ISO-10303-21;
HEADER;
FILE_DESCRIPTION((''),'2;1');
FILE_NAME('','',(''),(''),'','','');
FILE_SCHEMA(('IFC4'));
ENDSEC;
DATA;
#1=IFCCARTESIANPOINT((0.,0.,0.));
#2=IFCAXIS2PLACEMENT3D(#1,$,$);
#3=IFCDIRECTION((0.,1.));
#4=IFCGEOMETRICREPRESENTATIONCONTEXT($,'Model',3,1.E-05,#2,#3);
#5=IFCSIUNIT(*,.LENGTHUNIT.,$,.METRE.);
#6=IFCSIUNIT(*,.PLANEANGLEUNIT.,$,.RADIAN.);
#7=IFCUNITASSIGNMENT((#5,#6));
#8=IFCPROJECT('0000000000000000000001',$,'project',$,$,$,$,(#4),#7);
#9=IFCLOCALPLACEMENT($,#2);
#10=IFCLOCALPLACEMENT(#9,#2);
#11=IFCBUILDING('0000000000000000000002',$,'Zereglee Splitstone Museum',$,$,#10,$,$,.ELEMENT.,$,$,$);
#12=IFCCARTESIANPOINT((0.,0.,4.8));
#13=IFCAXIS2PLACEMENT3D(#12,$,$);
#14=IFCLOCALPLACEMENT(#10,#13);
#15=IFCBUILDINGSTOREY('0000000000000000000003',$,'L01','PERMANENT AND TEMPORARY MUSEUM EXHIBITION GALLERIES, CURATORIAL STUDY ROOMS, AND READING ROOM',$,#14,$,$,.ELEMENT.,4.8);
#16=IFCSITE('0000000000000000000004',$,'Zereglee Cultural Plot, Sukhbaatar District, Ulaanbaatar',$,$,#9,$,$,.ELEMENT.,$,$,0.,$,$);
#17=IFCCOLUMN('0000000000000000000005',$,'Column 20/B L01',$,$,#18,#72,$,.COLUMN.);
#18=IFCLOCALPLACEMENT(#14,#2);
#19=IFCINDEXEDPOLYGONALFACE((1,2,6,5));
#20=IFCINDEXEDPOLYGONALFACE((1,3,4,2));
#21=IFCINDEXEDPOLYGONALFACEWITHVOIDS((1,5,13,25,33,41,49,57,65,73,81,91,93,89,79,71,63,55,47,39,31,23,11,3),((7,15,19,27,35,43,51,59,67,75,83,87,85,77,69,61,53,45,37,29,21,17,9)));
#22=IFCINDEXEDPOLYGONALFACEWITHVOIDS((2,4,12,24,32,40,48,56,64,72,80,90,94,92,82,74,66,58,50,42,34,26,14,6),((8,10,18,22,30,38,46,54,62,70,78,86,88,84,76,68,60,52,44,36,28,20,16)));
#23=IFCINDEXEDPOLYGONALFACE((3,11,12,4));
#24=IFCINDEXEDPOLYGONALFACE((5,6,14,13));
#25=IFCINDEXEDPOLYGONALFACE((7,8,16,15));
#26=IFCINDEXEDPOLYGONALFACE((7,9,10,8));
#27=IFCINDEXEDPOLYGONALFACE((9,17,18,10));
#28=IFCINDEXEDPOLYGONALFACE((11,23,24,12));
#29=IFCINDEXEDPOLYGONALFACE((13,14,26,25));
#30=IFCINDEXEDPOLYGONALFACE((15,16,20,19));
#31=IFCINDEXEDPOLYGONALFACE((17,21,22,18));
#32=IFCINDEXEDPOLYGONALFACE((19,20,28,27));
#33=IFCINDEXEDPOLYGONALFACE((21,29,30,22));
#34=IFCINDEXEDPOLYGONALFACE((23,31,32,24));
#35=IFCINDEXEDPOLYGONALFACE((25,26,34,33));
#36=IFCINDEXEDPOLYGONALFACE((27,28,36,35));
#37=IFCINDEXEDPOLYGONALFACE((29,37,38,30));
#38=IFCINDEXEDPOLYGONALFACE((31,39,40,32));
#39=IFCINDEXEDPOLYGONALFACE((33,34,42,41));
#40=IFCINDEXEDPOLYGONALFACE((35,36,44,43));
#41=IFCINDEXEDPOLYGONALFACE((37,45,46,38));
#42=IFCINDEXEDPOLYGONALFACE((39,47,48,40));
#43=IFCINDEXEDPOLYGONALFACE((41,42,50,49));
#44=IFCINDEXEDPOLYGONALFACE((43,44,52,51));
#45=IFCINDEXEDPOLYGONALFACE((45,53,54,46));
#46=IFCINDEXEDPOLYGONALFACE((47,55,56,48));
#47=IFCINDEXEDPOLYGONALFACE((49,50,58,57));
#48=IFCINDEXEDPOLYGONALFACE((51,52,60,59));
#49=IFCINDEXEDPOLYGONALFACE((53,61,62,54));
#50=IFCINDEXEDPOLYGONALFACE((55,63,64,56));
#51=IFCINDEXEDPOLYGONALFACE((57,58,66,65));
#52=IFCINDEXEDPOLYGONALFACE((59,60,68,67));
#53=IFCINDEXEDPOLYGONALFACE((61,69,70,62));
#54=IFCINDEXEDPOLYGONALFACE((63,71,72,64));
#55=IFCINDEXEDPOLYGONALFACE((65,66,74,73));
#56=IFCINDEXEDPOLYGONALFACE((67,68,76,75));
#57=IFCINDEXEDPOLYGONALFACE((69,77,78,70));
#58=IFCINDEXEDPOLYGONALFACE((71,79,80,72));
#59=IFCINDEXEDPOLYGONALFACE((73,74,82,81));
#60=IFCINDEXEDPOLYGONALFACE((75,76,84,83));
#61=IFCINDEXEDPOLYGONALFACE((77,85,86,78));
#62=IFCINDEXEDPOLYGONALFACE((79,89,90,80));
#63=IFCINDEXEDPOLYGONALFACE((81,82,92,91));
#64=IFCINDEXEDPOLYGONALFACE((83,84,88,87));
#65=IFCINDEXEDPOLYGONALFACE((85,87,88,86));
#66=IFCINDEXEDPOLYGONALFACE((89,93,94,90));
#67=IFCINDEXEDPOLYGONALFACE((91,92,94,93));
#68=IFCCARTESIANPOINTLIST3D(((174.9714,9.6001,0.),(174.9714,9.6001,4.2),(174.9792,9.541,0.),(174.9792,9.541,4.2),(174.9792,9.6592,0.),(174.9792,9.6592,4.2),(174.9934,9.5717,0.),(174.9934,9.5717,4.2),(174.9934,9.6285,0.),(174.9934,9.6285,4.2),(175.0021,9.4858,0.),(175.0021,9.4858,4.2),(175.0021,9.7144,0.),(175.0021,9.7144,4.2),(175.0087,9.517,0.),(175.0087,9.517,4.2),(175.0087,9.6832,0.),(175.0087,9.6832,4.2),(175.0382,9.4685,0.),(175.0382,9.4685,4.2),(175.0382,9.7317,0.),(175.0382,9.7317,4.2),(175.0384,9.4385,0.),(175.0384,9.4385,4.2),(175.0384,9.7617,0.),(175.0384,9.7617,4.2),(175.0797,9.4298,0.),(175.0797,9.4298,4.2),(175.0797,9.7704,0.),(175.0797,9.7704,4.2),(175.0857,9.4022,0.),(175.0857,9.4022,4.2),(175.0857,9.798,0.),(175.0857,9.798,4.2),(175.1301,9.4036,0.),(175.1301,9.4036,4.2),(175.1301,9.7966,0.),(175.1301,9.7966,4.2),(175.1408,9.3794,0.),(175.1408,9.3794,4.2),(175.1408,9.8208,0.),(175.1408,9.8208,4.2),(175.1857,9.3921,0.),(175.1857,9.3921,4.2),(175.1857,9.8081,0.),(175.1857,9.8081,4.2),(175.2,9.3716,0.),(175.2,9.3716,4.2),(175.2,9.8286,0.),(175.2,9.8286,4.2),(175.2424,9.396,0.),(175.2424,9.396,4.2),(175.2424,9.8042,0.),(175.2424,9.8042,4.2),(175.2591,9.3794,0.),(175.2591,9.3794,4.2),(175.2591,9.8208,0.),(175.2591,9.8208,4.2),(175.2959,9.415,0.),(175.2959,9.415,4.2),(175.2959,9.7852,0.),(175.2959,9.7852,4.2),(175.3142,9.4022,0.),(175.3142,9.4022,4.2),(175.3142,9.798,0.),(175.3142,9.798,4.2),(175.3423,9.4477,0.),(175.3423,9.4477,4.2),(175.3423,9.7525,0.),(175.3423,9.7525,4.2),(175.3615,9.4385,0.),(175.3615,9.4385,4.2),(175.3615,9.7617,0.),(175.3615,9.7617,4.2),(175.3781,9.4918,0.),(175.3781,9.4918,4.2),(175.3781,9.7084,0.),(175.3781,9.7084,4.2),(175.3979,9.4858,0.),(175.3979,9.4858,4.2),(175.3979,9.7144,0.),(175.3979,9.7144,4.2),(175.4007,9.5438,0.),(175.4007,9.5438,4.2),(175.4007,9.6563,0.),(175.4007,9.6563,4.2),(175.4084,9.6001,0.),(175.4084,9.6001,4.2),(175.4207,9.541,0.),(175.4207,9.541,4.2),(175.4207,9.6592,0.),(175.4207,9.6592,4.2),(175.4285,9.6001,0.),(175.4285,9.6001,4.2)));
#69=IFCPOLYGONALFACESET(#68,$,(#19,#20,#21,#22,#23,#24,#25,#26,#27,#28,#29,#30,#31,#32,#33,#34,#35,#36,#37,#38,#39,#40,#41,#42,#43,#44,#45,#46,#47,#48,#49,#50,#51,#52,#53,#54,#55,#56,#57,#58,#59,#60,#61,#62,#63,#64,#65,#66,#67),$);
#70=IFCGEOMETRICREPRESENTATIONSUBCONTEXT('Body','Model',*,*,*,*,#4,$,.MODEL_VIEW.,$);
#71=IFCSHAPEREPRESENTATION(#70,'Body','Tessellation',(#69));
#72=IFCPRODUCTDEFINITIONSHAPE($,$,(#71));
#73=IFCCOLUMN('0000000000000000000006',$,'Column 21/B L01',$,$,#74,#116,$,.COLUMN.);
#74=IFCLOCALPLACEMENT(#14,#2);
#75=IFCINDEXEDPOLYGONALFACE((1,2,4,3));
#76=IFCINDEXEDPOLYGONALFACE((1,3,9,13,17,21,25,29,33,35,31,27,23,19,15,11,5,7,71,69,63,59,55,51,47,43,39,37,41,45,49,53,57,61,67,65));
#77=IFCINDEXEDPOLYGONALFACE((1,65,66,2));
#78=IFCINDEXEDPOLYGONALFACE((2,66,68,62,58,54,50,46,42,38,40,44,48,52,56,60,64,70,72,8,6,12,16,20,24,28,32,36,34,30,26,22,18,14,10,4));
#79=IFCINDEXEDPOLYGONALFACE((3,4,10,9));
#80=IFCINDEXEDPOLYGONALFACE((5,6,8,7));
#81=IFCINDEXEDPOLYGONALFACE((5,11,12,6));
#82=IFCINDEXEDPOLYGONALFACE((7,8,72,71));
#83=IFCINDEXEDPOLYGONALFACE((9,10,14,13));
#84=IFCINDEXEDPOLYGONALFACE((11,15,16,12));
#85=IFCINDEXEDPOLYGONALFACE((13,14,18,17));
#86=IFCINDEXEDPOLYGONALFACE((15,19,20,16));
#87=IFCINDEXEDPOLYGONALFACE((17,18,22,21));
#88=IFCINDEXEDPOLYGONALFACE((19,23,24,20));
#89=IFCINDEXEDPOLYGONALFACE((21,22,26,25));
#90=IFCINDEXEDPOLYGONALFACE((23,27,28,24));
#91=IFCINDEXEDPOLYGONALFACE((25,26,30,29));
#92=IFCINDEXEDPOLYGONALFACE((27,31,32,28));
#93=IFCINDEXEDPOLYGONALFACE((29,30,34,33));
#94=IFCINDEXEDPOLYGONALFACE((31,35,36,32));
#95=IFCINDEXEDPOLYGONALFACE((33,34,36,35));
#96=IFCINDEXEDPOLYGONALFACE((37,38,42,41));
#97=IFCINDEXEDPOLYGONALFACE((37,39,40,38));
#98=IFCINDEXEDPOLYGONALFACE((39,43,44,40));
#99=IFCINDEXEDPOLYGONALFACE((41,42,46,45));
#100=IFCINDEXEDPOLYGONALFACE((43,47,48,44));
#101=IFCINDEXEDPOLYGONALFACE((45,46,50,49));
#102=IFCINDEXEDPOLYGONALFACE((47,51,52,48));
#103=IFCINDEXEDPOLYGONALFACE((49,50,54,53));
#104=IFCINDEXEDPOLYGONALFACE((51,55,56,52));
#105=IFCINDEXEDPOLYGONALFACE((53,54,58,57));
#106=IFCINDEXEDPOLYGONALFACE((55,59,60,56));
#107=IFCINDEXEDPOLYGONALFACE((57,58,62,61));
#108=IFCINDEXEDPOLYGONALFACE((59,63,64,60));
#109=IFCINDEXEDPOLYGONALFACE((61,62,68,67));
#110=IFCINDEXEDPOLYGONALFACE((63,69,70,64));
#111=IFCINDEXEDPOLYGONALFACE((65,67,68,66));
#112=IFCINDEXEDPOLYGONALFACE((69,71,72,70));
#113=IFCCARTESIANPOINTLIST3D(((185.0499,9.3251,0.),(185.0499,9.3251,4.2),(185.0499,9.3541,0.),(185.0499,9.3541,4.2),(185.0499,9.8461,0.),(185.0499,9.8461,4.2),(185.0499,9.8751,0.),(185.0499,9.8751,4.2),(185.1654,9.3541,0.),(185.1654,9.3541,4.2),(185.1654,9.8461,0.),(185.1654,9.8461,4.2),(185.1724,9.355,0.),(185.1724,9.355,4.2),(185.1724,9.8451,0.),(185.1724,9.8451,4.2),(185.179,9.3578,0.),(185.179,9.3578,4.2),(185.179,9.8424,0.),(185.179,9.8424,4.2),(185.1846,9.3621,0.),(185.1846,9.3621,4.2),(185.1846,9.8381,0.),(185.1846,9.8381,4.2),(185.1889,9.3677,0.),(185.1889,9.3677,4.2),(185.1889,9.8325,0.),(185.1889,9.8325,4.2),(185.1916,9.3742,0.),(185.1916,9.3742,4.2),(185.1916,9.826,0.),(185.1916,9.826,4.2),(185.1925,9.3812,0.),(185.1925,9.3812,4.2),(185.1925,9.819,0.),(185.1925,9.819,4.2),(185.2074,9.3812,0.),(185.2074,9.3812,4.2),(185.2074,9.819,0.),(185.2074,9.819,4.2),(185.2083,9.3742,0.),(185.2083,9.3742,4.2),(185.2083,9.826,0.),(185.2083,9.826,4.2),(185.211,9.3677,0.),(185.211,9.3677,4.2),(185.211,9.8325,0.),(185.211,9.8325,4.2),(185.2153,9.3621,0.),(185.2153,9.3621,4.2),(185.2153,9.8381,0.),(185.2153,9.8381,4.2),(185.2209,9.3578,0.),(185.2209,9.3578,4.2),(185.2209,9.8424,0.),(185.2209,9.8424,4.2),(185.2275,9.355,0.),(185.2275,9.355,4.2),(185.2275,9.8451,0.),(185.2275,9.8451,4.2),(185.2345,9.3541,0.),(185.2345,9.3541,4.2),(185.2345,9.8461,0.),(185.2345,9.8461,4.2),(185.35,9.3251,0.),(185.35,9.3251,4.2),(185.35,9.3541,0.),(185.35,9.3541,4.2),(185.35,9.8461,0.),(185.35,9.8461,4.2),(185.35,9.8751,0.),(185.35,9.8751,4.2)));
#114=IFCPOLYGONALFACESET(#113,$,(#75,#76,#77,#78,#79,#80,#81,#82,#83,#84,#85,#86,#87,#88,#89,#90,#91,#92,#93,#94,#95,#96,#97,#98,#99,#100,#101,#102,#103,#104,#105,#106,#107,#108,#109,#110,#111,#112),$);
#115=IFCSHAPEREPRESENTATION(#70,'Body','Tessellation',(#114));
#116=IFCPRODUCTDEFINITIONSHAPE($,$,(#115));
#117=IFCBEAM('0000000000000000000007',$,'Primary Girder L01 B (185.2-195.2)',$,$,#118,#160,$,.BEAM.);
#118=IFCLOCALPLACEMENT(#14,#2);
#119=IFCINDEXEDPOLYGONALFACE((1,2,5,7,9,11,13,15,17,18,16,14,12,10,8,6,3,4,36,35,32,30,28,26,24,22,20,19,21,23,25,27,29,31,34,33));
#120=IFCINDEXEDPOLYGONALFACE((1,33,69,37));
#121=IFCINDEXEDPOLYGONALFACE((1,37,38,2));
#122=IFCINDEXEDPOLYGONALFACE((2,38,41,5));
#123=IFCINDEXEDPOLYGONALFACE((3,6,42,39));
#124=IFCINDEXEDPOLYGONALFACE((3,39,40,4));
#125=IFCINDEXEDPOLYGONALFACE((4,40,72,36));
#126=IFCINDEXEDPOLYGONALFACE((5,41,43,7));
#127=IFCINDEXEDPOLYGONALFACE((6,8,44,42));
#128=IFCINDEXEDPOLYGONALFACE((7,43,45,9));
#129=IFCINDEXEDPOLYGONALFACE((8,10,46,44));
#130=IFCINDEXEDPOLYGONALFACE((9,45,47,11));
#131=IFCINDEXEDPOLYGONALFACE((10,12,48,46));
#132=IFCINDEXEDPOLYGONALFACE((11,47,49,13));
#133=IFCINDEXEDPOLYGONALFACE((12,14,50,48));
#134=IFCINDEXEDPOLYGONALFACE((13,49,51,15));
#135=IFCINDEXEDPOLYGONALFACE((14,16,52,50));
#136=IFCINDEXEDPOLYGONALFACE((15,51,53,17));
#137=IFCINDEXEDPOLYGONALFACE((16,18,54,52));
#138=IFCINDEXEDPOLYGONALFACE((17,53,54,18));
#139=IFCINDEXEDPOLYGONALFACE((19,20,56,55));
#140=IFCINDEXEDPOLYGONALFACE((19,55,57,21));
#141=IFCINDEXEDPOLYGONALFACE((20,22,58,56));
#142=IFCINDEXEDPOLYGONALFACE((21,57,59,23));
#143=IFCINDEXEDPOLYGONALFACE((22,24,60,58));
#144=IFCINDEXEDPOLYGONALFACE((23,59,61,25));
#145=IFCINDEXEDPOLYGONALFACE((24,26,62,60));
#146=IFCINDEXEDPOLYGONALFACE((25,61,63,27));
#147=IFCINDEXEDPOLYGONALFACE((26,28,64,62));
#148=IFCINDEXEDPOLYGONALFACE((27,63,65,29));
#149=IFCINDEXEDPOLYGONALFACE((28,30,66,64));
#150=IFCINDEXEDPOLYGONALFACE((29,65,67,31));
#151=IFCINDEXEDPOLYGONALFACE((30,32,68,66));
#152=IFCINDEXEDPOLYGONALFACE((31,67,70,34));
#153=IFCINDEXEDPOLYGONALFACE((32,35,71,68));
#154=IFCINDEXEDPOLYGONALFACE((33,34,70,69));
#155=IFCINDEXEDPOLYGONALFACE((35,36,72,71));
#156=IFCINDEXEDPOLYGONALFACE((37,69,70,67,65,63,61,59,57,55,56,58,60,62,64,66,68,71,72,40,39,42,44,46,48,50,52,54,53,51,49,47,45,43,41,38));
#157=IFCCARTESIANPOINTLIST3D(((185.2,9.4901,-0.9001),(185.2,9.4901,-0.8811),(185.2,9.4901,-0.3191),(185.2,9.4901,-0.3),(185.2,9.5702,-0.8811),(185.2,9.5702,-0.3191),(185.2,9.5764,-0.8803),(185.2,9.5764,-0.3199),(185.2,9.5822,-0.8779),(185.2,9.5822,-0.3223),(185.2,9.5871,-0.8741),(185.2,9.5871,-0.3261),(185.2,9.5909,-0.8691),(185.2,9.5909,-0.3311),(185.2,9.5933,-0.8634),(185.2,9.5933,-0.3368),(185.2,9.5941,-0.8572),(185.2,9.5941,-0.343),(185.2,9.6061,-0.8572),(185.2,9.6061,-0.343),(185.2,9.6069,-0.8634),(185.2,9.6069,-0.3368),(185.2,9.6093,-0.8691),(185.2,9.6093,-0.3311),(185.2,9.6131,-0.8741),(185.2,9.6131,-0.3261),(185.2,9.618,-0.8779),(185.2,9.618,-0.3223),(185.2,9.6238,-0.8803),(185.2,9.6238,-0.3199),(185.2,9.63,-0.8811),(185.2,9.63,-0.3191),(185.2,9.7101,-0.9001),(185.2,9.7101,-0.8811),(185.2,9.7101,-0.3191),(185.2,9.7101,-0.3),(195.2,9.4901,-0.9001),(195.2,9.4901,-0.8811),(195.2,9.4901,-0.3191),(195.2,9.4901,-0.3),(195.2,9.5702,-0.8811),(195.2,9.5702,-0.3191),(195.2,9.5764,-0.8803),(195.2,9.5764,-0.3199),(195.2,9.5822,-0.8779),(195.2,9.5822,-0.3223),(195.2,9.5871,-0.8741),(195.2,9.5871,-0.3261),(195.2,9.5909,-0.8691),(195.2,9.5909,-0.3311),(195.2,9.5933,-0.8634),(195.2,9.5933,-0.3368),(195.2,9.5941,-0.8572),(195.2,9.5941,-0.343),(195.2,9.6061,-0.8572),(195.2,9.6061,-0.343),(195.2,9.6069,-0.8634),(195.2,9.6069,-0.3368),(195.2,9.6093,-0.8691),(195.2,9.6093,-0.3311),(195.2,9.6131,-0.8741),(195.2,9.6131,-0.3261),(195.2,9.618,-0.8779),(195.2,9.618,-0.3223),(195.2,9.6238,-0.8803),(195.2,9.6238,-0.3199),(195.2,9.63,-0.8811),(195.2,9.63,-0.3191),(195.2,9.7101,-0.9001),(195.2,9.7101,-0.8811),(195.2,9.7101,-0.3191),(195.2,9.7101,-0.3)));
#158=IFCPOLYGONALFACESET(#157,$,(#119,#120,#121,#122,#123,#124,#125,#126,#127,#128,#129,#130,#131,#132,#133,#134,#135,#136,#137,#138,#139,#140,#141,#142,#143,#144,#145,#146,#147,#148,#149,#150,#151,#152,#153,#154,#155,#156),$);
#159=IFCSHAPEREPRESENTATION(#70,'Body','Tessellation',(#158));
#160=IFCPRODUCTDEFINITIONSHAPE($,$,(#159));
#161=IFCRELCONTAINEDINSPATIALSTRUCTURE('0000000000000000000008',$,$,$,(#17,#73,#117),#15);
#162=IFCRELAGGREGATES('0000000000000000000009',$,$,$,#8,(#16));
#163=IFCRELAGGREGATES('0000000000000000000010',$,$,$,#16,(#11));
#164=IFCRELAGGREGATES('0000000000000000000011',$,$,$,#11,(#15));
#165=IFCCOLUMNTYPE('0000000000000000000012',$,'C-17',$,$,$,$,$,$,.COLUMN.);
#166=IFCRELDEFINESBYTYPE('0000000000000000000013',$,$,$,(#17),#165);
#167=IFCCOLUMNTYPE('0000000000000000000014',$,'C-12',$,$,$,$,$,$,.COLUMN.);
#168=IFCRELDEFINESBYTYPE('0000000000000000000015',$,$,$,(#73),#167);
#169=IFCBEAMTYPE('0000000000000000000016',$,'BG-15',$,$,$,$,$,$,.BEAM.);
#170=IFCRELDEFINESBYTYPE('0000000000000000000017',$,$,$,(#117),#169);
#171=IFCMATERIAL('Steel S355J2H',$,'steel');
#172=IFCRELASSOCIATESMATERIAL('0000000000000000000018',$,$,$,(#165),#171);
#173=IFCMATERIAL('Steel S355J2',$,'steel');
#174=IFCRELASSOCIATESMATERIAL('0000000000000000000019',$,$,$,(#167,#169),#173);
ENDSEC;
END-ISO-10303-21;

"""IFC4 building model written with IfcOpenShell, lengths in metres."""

from ifc_helpers import new_model, si_unit, direction, frame, origin, origin_2d, place, context, subcontext, project, spatial, hollow_circle, i_section, extrude, material, material_profile, profile_set, type_object, element, save


model = new_model("IFC4")

# Units and contexts
model_context = context("Model", 3, precision=1e-05, world=origin(), true_north=direction((0.0, 1.0)))
body_context = subcontext(model_context, "Body", "Model", "MODEL_VIEW")
ifc_project = project(units=[si_unit("LENGTHUNIT", "METRE"), si_unit("PLANEANGLEUNIT", "RADIAN")], contexts=[model_context])

# Site, building, storey
site_placement = place(None, origin())
site = spatial("IfcSite", under=ifc_project, at=site_placement, Name="Zereglee Cultural Plot, Sukhbaatar District, Ulaanbaatar", CompositionType="ELEMENT", RefElevation=0.0)
building_placement = place(site_placement, origin())
building = spatial("IfcBuilding", under=site, at=building_placement, Name="Zereglee Splitstone Museum", CompositionType="ELEMENT")
storey_placement = place(building_placement, frame((0.0, 0.0, 4.8)))
storey = spatial("IfcBuildingStorey", under=building, at=storey_placement, Name="L01", Description="PERMANENT AND TEMPORARY MUSEUM EXHIBITION GALLERIES, CURATORIAL STUDY ROOMS, AND READING ROOM", CompositionType="ELEMENT", Elevation=4.8)

# Columns
ifc_material_1 = material(Name="Steel S355J2H", Category="steel")
ifc_material_profile_1 = material_profile(ifc_material_1, hollow_circle(Radius=0.2285, WallThickness=0.02, at=origin_2d()), Name="CHS 457.0x20")
ifc_profile_set_1 = profile_set([ifc_material_profile_1], Name="Steel S355J2H")
column_type_1 = type_object("IfcColumnType", Name="C-17", PredefinedType="COLUMN", material=ifc_profile_set_1)
column_1_placement = place(storey_placement, frame((175.2, 9.6001, 0.0), z_axis=(0.0, 0.0, 1.0), x_axis=(1.0, 0.0, 0.0)))
element("IfcColumn", 1, at=column_1_placement, inside=storey, type_object=column_type_1, Name="Column 20/B L01", PredefinedType="COLUMN", context=body_context, shape_type="SweptSolid", body=[
    extrude(hollow_circle(Radius=0.2285, WallThickness=0.02, at=origin_2d()), origin(), (0.0, 0.0, 1.0), 4.2),
])
ifc_material_2 = material(Name="Steel S355J2", Category="steel")
ifc_material_profile_2 = material_profile(ifc_material_2, i_section(OverallWidth=0.3, OverallDepth=0.55, WebThickness=0.0149, FlangeThickness=0.0291, FilletRadius=0.0271, at=origin_2d()), Name="HE 550 B")
ifc_profile_set_2 = profile_set([ifc_material_profile_2], Name="Steel S355J2")
column_type_2 = type_object("IfcColumnType", Name="C-12", PredefinedType="COLUMN", material=ifc_profile_set_2)
column_2_placement = place(storey_placement, frame((185.2, 9.6001, 0.0), z_axis=(0.0, 0.0, 1.0), x_axis=(1.0, 0.0, 0.0)))
element("IfcColumn", 2, at=column_2_placement, inside=storey, type_object=column_type_2, Name="Column 21/B L01", PredefinedType="COLUMN", context=body_context, shape_type="SweptSolid", body=[
    extrude(i_section(OverallWidth=0.3, OverallDepth=0.55, WebThickness=0.0149, FlangeThickness=0.0291, FilletRadius=0.0271, at=origin_2d()), origin(), (0.0, 0.0, 1.0), 4.2),
])

# Beam
ifc_material_profile_3 = material_profile(ifc_material_2, i_section(OverallWidth=0.22, OverallDepth=0.6001, WebThickness=0.012, FlangeThickness=0.019, FilletRadius=0.0239, at=origin_2d()), Name="IPE 600")
ifc_profile_set_3 = profile_set([ifc_material_profile_3], Name="Steel S355J2")
beam_type_1 = type_object("IfcBeamType", Name="BG-15", PredefinedType="BEAM", material=ifc_profile_set_3)
beam_1_placement = place(storey_placement, frame((185.2, 9.6001, -0.6001), z_axis=(1.0, 0.0, 0.0), x_axis=(0.0, 1.0, 0.0)))
element("IfcBeam", 3, at=beam_1_placement, inside=storey, type_object=beam_type_1, Name="Primary Girder L01 B (185.2-195.2)", PredefinedType="BEAM", context=body_context, shape_type="SweptSolid", body=[
    extrude(i_section(OverallWidth=0.22, OverallDepth=0.6001, WebThickness=0.012, FlangeThickness=0.019, FilletRadius=0.0239, at=origin_2d()), origin(), (0.0, 0.0, 1.0), 10.0),
])

save(model, "model.ifc")
